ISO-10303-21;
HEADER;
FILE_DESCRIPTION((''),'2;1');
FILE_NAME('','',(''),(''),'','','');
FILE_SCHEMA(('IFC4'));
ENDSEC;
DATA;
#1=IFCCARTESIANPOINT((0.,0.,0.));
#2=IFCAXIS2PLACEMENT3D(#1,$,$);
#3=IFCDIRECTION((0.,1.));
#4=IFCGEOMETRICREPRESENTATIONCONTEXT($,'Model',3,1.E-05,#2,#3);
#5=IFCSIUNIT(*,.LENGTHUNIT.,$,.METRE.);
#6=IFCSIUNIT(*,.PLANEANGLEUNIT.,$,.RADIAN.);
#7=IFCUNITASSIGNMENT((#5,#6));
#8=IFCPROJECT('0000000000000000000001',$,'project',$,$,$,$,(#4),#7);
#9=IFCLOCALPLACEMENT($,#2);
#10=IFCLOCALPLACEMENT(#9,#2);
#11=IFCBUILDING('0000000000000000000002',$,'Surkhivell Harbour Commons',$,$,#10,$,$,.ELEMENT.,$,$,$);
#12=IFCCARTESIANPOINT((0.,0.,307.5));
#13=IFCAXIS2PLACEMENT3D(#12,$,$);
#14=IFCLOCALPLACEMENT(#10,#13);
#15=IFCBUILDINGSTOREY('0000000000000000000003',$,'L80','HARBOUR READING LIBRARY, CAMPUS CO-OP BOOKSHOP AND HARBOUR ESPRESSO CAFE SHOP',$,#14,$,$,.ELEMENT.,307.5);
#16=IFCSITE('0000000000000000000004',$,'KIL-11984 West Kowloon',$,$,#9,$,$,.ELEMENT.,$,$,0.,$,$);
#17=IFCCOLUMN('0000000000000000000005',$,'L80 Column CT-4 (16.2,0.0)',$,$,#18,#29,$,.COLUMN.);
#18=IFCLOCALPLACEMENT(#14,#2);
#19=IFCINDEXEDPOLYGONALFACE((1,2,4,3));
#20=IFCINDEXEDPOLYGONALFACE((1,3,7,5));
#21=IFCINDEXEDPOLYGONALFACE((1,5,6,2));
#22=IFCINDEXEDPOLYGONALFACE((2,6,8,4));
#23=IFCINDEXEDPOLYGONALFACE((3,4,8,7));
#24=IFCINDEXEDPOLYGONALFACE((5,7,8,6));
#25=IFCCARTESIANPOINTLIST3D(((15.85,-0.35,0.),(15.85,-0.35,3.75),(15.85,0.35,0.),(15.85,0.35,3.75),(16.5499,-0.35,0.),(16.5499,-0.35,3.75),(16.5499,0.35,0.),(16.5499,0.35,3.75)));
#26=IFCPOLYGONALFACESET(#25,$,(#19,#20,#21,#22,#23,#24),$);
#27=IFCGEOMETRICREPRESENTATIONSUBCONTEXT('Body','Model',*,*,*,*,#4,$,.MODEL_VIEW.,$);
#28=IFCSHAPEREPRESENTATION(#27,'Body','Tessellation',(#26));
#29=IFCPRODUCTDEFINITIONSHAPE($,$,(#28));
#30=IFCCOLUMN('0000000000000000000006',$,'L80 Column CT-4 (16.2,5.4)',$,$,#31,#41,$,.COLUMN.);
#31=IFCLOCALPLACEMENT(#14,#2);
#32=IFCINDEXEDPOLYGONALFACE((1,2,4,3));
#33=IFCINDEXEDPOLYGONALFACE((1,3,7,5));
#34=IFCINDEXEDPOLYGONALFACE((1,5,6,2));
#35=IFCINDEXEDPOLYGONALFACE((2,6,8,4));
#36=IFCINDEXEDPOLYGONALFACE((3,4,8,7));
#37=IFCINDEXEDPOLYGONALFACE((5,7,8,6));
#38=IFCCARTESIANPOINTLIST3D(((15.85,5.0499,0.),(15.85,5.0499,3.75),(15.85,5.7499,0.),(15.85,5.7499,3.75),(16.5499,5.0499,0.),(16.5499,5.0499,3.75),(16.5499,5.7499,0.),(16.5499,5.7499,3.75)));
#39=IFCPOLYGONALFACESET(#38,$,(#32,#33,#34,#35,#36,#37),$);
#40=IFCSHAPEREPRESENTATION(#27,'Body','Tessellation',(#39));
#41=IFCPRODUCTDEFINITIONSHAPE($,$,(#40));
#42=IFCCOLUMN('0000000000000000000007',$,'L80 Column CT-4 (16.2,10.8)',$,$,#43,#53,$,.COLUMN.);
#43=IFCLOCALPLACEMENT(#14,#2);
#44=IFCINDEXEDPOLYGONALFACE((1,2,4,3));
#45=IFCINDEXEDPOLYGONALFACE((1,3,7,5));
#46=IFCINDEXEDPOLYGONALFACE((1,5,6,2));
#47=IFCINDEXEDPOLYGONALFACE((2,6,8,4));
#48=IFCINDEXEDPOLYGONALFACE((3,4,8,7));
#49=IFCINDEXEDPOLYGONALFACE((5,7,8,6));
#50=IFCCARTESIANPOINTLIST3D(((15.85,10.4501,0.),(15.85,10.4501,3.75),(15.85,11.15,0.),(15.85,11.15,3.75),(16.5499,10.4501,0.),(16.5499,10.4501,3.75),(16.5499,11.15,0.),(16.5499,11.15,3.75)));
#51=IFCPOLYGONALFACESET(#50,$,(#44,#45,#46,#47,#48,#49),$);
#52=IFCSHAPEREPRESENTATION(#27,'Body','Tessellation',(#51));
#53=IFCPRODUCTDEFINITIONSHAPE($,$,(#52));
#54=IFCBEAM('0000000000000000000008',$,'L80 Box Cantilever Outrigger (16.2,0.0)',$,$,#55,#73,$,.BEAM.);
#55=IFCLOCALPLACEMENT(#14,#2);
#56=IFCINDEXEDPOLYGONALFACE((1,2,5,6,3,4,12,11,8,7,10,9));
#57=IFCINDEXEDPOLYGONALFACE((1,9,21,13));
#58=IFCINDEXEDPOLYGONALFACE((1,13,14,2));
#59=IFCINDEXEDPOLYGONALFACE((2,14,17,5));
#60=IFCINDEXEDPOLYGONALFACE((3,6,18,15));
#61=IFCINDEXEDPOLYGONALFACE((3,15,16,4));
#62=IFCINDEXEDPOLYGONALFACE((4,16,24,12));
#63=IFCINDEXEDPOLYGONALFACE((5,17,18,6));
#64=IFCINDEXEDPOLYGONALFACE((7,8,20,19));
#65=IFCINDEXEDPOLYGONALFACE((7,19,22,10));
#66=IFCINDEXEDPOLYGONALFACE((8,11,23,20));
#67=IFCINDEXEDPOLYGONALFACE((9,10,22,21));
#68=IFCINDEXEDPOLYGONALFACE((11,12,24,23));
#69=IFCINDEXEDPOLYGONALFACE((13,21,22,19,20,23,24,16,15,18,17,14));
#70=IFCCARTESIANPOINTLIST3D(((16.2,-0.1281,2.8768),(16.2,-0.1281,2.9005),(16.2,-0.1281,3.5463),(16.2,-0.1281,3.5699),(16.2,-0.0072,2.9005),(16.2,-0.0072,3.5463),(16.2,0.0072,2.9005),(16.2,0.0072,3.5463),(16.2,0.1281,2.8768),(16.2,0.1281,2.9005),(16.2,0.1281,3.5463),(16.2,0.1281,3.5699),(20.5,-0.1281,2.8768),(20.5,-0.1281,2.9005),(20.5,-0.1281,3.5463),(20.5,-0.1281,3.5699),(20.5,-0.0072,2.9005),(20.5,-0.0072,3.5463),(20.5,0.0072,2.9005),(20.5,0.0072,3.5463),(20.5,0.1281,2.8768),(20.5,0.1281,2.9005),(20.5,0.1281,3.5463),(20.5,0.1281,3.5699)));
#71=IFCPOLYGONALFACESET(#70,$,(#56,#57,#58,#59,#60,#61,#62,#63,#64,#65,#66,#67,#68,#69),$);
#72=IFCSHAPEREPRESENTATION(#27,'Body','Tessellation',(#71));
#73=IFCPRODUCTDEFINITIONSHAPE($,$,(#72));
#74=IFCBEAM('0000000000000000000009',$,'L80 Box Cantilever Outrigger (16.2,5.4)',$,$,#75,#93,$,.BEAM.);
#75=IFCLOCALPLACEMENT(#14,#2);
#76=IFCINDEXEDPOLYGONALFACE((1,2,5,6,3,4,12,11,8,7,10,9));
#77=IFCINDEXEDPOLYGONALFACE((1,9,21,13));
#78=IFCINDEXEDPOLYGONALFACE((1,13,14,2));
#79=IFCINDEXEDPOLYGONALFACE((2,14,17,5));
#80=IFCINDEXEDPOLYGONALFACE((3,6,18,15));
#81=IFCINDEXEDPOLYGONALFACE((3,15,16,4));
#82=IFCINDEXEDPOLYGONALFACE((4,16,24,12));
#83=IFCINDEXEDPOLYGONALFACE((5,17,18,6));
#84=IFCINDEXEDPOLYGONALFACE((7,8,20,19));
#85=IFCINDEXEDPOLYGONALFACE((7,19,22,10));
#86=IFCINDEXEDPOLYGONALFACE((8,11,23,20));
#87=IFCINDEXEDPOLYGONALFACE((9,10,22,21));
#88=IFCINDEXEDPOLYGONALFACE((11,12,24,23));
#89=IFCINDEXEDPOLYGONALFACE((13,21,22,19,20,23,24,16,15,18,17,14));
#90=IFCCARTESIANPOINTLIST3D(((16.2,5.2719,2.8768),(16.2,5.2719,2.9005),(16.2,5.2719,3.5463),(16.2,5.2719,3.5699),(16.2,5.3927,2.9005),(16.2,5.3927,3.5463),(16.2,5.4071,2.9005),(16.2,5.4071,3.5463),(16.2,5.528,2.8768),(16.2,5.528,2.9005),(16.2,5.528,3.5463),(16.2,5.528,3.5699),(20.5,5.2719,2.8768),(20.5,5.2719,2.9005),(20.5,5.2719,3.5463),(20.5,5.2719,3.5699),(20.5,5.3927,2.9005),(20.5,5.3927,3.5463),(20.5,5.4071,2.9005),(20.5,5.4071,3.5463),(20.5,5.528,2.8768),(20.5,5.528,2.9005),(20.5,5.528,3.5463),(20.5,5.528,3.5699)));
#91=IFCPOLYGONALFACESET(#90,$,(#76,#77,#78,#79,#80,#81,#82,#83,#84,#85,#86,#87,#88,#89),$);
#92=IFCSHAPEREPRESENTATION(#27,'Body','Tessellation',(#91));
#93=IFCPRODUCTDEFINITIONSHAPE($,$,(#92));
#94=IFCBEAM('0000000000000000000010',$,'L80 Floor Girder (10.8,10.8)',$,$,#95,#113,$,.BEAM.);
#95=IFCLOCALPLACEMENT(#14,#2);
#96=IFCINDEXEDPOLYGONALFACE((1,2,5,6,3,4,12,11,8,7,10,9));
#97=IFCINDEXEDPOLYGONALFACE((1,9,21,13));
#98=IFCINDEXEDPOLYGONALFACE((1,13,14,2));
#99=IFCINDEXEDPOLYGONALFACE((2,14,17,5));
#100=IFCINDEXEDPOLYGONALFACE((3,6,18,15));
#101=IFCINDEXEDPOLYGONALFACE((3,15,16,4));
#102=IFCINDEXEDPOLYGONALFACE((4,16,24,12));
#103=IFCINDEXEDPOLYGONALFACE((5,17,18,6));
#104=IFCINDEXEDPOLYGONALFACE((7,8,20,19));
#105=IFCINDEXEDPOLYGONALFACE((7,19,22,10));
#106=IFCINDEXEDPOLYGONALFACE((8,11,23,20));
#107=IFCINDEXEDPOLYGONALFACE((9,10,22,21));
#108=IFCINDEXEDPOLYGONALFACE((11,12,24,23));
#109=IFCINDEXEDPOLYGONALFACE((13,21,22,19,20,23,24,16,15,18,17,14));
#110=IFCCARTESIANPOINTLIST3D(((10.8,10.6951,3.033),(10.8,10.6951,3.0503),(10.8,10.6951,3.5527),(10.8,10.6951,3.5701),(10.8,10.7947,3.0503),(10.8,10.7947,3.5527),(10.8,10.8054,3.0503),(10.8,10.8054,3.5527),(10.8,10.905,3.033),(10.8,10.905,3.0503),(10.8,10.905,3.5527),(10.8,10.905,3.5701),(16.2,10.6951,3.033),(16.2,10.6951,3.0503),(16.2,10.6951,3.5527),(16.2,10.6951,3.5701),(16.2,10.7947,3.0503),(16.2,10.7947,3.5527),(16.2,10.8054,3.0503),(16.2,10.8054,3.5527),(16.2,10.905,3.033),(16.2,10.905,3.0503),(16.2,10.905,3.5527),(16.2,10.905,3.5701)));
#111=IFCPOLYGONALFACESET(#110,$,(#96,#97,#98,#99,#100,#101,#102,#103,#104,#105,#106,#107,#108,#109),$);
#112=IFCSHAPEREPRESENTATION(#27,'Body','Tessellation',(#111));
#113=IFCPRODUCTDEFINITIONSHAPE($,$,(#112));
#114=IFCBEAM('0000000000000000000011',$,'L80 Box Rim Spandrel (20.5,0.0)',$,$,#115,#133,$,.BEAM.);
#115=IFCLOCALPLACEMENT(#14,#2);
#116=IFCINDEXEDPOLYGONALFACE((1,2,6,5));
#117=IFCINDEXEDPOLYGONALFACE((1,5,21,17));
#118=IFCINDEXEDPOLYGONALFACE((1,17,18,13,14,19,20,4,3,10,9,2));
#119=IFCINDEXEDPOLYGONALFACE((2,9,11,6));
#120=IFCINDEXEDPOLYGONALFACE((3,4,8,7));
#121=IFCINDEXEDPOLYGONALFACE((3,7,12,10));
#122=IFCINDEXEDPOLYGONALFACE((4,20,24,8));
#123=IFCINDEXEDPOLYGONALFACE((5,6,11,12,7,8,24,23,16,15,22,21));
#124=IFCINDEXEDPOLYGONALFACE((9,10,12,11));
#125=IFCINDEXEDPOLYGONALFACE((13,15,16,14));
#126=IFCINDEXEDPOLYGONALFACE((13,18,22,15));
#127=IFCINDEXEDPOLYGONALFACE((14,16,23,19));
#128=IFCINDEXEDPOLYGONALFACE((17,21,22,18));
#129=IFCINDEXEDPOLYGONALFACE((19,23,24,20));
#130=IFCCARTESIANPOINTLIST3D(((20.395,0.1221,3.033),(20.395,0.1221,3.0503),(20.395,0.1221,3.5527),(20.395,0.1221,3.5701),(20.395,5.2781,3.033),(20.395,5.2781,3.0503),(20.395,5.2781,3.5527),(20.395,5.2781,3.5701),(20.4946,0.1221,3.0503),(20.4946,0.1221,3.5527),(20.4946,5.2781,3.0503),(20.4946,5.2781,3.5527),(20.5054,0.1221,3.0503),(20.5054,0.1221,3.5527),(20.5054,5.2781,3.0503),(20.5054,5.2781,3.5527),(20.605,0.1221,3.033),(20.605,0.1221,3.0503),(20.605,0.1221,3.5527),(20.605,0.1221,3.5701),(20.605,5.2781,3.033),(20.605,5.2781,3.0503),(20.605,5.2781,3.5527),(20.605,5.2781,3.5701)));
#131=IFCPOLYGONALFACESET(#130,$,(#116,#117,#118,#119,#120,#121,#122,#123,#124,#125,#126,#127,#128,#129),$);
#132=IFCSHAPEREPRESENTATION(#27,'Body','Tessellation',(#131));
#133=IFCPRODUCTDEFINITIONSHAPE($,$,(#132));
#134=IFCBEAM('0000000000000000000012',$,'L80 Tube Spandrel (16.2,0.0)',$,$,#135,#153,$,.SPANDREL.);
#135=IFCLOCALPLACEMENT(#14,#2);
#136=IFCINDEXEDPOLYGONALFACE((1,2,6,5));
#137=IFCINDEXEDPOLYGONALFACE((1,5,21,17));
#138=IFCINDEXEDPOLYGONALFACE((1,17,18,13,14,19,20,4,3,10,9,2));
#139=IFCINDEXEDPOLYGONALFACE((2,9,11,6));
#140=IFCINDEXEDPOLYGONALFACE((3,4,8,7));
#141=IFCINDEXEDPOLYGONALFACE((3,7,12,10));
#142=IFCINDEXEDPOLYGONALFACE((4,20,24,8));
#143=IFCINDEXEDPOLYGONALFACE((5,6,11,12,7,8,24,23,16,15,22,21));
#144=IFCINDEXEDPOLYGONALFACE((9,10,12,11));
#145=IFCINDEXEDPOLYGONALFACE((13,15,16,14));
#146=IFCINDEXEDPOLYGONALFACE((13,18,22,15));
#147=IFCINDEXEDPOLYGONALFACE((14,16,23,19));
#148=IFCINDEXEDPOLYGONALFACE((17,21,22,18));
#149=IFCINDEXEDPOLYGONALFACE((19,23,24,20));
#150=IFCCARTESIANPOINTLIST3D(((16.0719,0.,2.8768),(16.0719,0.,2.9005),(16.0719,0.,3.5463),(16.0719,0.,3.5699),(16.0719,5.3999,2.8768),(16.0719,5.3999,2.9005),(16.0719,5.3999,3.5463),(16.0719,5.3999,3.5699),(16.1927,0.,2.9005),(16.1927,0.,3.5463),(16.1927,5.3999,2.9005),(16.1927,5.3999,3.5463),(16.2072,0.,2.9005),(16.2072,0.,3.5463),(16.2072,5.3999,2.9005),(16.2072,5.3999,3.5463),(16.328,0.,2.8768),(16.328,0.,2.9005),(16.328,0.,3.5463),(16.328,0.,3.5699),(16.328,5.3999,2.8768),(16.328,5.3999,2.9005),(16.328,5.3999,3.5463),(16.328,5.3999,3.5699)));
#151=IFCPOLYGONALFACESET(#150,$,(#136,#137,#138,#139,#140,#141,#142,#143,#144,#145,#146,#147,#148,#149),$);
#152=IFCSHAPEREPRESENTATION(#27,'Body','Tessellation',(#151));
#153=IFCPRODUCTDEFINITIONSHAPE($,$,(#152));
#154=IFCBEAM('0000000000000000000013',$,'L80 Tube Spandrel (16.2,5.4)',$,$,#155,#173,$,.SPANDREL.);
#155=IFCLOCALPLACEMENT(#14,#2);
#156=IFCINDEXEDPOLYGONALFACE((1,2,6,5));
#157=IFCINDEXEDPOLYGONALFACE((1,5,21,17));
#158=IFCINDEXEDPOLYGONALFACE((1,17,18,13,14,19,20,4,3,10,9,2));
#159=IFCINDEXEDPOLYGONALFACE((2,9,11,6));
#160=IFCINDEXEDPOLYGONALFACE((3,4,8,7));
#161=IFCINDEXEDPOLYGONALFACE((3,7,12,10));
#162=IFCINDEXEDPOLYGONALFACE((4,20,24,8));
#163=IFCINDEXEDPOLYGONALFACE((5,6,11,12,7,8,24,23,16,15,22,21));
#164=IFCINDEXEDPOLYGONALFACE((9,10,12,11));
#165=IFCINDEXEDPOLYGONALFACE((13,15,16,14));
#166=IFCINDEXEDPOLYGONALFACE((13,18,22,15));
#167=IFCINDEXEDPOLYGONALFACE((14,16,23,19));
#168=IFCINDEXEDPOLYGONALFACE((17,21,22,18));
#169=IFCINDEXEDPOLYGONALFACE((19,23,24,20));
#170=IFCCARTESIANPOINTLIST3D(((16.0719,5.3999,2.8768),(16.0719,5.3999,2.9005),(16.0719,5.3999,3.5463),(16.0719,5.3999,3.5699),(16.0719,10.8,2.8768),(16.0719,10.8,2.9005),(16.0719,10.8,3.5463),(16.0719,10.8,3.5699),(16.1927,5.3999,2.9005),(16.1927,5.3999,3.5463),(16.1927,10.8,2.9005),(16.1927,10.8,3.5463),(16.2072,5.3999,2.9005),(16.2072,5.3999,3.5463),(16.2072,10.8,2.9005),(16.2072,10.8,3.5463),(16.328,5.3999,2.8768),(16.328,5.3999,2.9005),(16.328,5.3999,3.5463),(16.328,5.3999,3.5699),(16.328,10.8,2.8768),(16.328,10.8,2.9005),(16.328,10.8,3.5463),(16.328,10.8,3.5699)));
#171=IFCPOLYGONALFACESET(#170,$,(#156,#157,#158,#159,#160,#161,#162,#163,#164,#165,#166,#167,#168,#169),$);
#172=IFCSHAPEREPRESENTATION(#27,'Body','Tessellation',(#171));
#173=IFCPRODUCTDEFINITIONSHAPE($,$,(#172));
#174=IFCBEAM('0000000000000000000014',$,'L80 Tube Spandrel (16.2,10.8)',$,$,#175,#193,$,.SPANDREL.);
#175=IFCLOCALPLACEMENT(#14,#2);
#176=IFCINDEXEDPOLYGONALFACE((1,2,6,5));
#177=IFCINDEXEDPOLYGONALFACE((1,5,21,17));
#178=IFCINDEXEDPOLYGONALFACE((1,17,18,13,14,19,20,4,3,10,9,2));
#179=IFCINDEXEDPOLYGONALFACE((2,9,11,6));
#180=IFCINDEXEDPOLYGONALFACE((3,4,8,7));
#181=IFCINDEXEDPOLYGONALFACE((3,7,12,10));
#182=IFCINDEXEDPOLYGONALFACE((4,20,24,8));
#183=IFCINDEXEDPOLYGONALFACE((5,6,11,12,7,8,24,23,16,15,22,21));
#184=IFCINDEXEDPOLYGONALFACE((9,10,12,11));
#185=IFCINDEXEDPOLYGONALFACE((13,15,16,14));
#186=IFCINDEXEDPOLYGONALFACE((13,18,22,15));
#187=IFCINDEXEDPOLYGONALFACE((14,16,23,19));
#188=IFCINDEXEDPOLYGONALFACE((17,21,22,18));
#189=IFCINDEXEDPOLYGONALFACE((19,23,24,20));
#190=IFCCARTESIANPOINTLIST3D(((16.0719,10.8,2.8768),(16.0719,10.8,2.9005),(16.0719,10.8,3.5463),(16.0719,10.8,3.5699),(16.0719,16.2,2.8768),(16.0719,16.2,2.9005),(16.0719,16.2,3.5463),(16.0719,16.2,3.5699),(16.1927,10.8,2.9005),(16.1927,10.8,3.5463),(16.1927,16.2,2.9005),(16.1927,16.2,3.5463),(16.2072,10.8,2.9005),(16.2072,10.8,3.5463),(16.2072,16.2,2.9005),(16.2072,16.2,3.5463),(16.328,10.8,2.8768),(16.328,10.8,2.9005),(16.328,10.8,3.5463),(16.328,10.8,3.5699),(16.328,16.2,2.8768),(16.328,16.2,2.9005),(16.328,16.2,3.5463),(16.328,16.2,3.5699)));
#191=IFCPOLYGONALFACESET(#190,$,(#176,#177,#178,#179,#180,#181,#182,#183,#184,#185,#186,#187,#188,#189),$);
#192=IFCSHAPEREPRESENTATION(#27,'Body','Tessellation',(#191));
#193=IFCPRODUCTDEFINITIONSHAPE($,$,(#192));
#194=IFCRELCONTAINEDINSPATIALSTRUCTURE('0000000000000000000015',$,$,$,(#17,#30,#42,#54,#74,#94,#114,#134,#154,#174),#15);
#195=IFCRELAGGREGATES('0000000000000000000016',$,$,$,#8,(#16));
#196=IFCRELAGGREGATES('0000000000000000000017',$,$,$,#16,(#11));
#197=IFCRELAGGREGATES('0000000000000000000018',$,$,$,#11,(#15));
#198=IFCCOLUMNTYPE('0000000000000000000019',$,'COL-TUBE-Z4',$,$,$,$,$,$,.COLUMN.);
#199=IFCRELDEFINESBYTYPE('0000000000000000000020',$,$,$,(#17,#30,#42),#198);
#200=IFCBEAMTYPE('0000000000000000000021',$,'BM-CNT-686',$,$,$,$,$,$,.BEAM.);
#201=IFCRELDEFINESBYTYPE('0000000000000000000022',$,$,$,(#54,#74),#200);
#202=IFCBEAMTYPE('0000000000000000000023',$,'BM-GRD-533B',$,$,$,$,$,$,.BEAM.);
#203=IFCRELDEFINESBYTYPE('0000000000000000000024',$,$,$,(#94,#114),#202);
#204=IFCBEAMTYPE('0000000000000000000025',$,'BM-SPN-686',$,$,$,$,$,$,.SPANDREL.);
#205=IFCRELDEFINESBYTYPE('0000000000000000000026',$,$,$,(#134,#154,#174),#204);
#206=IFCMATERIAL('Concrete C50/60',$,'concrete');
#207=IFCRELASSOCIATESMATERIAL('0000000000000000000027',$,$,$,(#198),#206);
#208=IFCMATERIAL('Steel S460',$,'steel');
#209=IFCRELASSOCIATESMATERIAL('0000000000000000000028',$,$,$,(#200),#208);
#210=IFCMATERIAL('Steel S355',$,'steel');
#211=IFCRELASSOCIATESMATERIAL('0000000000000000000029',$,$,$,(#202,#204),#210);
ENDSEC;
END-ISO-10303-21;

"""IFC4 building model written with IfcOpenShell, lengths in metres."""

from ifc_helpers import new_model, si_unit, direction, frame, origin, origin_2d, place, context, subcontext, project, spatial, rectangle, i_section, extrude, material, material_profile, profile_set, type_object, element, save


model = new_model("IFC4")

# Units and contexts
model_context = context("Model", 3, precision=1e-05, world=origin(), true_north=direction((0.0, 1.0)))
body_context = subcontext(model_context, "Body", "Model", "MODEL_VIEW")
ifc_project = project(units=[si_unit("LENGTHUNIT", "METRE"), si_unit("PLANEANGLEUNIT", "RADIAN")], contexts=[model_context])

# Site, building, storey
site_placement = place(None, origin())
site = spatial("IfcSite", under=ifc_project, at=site_placement, Name="KIL-11984 West Kowloon", CompositionType="ELEMENT", RefElevation=0.0)
building_placement = place(site_placement, origin())
building = spatial("IfcBuilding", under=site, at=building_placement, Name="Surkhivell Harbour Commons", CompositionType="ELEMENT")
storey_placement = place(building_placement, frame((0.0, 0.0, 307.5)))
storey = spatial("IfcBuildingStorey", under=building, at=storey_placement, Name="L80", Description="HARBOUR READING LIBRARY, CAMPUS CO-OP BOOKSHOP AND HARBOUR ESPRESSO CAFE SHOP", CompositionType="ELEMENT", Elevation=307.5)

# Columns
ifc_material_1 = material(Name="Concrete C50/60", Category="concrete")
ifc_material_profile_1 = material_profile(ifc_material_1, rectangle(XDim=0.7, YDim=0.7, at=origin_2d()), Name="RC-COL-700x700")
ifc_profile_set_1 = profile_set([ifc_material_profile_1], Name="Concrete C50/60")
column_type = type_object("IfcColumnType", Name="COL-TUBE-Z4", PredefinedType="COLUMN", material=ifc_profile_set_1)
for number, where, z_axis, x_axis, name in (
    (1, (16.2, 0.0, 0.0), (0.0, 0.0, 1.0), (1.0, 0.0, 0.0), "L80 Column CT-4 (16.2,0.0)"),
    (2, (16.2, 5.3999, 0.0), (0.0, 0.0, 1.0), (1.0, 0.0, 0.0), "L80 Column CT-4 (16.2,5.4)"),
    (3, (16.2, 10.8, 0.0), (0.0, 0.0, 1.0), (1.0, 0.0, 0.0), "L80 Column CT-4 (16.2,10.8)"),
):
    element("IfcColumn", number, at=place(storey_placement, frame(where, z_axis=z_axis, x_axis=x_axis)), inside=storey, type_object=column_type, Name=name, PredefinedType="COLUMN", context=body_context, shape_type="SweptSolid", body=[
        extrude(rectangle(XDim=0.7, YDim=0.7, at=origin_2d()), origin(), (0.0, 0.0, 1.0), 3.75),
    ])

# Beams
ifc_material_2 = material(Name="Steel S460", Category="steel")
ifc_material_profile_2 = material_profile(ifc_material_2, i_section(OverallWidth=0.2561, OverallDepth=0.6931, WebThickness=0.0144, FlangeThickness=0.0237, at=origin_2d()), Name="UB686x254x170")
ifc_profile_set_2 = profile_set([ifc_material_profile_2], Name="Steel S460")
beam_type_1 = type_object("IfcBeamType", Name="BM-CNT-686", PredefinedType="BEAM", material=ifc_profile_set_2)
for number, where, z_axis, x_axis, name in (
    (4, (16.2, 0.0, 3.2234), (1.0, 0.0, 0.0), (0.0, 1.0, 0.0), "L80 Box Cantilever Outrigger (16.2,0.0)"),
    (5, (16.2, 5.3999, 3.2234), (1.0, 0.0, 0.0), (0.0, 1.0, 0.0), "L80 Box Cantilever Outrigger (16.2,5.4)"),
):
    element("IfcBeam", number, at=place(storey_placement, frame(where, z_axis=z_axis, x_axis=x_axis)), inside=storey, type_object=beam_type_1, Name=name, PredefinedType="BEAM", context=body_context, shape_type="SweptSolid", body=[
        extrude(i_section(OverallWidth=0.2561, OverallDepth=0.6931, WebThickness=0.0144, FlangeThickness=0.0237, at=origin_2d()), origin(), (0.0, 0.0, 1.0), 4.3),
    ])
ifc_material_3 = material(Name="Steel S355", Category="steel")
ifc_material_profile_3 = material_profile(ifc_material_3, i_section(OverallWidth=0.21, OverallDepth=0.5371, WebThickness=0.0107, FlangeThickness=0.0173, at=origin_2d()), Name="UB533x210x101")
ifc_profile_set_3 = profile_set([ifc_material_profile_3], Name="Steel S355")
beam_type_2 = type_object("IfcBeamType", Name="BM-GRD-533B", PredefinedType="BEAM", material=ifc_profile_set_3)
beam_1_placement = place(storey_placement, frame((10.8, 10.8, 3.3015), z_axis=(1.0, 0.0, 0.0), x_axis=(0.0, 1.0, 0.0)))
element("IfcBeam", 6, at=beam_1_placement, inside=storey, type_object=beam_type_2, Name="L80 Floor Girder (10.8,10.8)", PredefinedType="BEAM", context=body_context, shape_type="SweptSolid", body=[
    extrude(i_section(OverallWidth=0.21, OverallDepth=0.5371, WebThickness=0.0107, FlangeThickness=0.0173, at=origin_2d()), origin(), (0.0, 0.0, 1.0), 5.3999),
])
beam_2_placement = place(storey_placement, frame((20.5, 0.1221, 3.3015), z_axis=(0.0, 1.0, 0.0), x_axis=(-1.0, 0.0, 0.0)))
element("IfcBeam", 7, at=beam_2_placement, inside=storey, type_object=beam_type_2, Name="L80 Box Rim Spandrel (20.5,0.0)", PredefinedType="BEAM", context=body_context, shape_type="SweptSolid", body=[
    extrude(i_section(OverallWidth=0.21, OverallDepth=0.5371, WebThickness=0.0107, FlangeThickness=0.0173, at=origin_2d()), origin(), (0.0, 0.0, 1.0), 5.156),
])
ifc_material_profile_4 = material_profile(ifc_material_3, i_section(OverallWidth=0.2561, OverallDepth=0.6931, WebThickness=0.0144, FlangeThickness=0.0237, at=origin_2d()), Name="UB686x254x170")
ifc_profile_set_4 = profile_set([ifc_material_profile_4], Name="Steel S355")
beam_type_3 = type_object("IfcBeamType", Name="BM-SPN-686", PredefinedType="SPANDREL", material=ifc_profile_set_4)
beam_3_placement = place(storey_placement, frame((16.2, 0.0, 3.2234), z_axis=(0.0, 1.0, 0.0), x_axis=(-1.0, 0.0, 0.0)))
element("IfcBeam", 8, at=beam_3_placement, inside=storey, type_object=beam_type_3, Name="L80 Tube Spandrel (16.2,0.0)", PredefinedType="SPANDREL", context=body_context, shape_type="SweptSolid", body=[
    extrude(i_section(OverallWidth=0.2561, OverallDepth=0.6931, WebThickness=0.0144, FlangeThickness=0.0237, at=origin_2d()), origin(), (0.0, 0.0, 1.0), 5.3999),
])
beam_4_placement = place(storey_placement, frame((16.2, 5.3999, 3.2234), z_axis=(0.0, 1.0, 0.0), x_axis=(-1.0, 0.0, 0.0)))
element("IfcBeam", 9, at=beam_4_placement, inside=storey, type_object=beam_type_3, Name="L80 Tube Spandrel (16.2,5.4)", PredefinedType="SPANDREL", context=body_context, shape_type="SweptSolid", body=[
    extrude(i_section(OverallWidth=0.2561, OverallDepth=0.6931, WebThickness=0.0144, FlangeThickness=0.0237, at=origin_2d()), origin(), (0.0, 0.0, 1.0), 5.4001),
])
beam_5_placement = place(storey_placement, frame((16.2, 10.8, 3.2234), z_axis=(0.0, 1.0, 0.0), x_axis=(-1.0, 0.0, 0.0)))
element("IfcBeam", 10, at=beam_5_placement, inside=storey, type_object=beam_type_3, Name="L80 Tube Spandrel (16.2,10.8)", PredefinedType="SPANDREL", context=body_context, shape_type="SweptSolid", body=[
    extrude(i_section(OverallWidth=0.2561, OverallDepth=0.6931, WebThickness=0.0144, FlangeThickness=0.0237, at=origin_2d()), origin(), (0.0, 0.0, 1.0), 5.3999),
])

save(model, "model.ifc")
